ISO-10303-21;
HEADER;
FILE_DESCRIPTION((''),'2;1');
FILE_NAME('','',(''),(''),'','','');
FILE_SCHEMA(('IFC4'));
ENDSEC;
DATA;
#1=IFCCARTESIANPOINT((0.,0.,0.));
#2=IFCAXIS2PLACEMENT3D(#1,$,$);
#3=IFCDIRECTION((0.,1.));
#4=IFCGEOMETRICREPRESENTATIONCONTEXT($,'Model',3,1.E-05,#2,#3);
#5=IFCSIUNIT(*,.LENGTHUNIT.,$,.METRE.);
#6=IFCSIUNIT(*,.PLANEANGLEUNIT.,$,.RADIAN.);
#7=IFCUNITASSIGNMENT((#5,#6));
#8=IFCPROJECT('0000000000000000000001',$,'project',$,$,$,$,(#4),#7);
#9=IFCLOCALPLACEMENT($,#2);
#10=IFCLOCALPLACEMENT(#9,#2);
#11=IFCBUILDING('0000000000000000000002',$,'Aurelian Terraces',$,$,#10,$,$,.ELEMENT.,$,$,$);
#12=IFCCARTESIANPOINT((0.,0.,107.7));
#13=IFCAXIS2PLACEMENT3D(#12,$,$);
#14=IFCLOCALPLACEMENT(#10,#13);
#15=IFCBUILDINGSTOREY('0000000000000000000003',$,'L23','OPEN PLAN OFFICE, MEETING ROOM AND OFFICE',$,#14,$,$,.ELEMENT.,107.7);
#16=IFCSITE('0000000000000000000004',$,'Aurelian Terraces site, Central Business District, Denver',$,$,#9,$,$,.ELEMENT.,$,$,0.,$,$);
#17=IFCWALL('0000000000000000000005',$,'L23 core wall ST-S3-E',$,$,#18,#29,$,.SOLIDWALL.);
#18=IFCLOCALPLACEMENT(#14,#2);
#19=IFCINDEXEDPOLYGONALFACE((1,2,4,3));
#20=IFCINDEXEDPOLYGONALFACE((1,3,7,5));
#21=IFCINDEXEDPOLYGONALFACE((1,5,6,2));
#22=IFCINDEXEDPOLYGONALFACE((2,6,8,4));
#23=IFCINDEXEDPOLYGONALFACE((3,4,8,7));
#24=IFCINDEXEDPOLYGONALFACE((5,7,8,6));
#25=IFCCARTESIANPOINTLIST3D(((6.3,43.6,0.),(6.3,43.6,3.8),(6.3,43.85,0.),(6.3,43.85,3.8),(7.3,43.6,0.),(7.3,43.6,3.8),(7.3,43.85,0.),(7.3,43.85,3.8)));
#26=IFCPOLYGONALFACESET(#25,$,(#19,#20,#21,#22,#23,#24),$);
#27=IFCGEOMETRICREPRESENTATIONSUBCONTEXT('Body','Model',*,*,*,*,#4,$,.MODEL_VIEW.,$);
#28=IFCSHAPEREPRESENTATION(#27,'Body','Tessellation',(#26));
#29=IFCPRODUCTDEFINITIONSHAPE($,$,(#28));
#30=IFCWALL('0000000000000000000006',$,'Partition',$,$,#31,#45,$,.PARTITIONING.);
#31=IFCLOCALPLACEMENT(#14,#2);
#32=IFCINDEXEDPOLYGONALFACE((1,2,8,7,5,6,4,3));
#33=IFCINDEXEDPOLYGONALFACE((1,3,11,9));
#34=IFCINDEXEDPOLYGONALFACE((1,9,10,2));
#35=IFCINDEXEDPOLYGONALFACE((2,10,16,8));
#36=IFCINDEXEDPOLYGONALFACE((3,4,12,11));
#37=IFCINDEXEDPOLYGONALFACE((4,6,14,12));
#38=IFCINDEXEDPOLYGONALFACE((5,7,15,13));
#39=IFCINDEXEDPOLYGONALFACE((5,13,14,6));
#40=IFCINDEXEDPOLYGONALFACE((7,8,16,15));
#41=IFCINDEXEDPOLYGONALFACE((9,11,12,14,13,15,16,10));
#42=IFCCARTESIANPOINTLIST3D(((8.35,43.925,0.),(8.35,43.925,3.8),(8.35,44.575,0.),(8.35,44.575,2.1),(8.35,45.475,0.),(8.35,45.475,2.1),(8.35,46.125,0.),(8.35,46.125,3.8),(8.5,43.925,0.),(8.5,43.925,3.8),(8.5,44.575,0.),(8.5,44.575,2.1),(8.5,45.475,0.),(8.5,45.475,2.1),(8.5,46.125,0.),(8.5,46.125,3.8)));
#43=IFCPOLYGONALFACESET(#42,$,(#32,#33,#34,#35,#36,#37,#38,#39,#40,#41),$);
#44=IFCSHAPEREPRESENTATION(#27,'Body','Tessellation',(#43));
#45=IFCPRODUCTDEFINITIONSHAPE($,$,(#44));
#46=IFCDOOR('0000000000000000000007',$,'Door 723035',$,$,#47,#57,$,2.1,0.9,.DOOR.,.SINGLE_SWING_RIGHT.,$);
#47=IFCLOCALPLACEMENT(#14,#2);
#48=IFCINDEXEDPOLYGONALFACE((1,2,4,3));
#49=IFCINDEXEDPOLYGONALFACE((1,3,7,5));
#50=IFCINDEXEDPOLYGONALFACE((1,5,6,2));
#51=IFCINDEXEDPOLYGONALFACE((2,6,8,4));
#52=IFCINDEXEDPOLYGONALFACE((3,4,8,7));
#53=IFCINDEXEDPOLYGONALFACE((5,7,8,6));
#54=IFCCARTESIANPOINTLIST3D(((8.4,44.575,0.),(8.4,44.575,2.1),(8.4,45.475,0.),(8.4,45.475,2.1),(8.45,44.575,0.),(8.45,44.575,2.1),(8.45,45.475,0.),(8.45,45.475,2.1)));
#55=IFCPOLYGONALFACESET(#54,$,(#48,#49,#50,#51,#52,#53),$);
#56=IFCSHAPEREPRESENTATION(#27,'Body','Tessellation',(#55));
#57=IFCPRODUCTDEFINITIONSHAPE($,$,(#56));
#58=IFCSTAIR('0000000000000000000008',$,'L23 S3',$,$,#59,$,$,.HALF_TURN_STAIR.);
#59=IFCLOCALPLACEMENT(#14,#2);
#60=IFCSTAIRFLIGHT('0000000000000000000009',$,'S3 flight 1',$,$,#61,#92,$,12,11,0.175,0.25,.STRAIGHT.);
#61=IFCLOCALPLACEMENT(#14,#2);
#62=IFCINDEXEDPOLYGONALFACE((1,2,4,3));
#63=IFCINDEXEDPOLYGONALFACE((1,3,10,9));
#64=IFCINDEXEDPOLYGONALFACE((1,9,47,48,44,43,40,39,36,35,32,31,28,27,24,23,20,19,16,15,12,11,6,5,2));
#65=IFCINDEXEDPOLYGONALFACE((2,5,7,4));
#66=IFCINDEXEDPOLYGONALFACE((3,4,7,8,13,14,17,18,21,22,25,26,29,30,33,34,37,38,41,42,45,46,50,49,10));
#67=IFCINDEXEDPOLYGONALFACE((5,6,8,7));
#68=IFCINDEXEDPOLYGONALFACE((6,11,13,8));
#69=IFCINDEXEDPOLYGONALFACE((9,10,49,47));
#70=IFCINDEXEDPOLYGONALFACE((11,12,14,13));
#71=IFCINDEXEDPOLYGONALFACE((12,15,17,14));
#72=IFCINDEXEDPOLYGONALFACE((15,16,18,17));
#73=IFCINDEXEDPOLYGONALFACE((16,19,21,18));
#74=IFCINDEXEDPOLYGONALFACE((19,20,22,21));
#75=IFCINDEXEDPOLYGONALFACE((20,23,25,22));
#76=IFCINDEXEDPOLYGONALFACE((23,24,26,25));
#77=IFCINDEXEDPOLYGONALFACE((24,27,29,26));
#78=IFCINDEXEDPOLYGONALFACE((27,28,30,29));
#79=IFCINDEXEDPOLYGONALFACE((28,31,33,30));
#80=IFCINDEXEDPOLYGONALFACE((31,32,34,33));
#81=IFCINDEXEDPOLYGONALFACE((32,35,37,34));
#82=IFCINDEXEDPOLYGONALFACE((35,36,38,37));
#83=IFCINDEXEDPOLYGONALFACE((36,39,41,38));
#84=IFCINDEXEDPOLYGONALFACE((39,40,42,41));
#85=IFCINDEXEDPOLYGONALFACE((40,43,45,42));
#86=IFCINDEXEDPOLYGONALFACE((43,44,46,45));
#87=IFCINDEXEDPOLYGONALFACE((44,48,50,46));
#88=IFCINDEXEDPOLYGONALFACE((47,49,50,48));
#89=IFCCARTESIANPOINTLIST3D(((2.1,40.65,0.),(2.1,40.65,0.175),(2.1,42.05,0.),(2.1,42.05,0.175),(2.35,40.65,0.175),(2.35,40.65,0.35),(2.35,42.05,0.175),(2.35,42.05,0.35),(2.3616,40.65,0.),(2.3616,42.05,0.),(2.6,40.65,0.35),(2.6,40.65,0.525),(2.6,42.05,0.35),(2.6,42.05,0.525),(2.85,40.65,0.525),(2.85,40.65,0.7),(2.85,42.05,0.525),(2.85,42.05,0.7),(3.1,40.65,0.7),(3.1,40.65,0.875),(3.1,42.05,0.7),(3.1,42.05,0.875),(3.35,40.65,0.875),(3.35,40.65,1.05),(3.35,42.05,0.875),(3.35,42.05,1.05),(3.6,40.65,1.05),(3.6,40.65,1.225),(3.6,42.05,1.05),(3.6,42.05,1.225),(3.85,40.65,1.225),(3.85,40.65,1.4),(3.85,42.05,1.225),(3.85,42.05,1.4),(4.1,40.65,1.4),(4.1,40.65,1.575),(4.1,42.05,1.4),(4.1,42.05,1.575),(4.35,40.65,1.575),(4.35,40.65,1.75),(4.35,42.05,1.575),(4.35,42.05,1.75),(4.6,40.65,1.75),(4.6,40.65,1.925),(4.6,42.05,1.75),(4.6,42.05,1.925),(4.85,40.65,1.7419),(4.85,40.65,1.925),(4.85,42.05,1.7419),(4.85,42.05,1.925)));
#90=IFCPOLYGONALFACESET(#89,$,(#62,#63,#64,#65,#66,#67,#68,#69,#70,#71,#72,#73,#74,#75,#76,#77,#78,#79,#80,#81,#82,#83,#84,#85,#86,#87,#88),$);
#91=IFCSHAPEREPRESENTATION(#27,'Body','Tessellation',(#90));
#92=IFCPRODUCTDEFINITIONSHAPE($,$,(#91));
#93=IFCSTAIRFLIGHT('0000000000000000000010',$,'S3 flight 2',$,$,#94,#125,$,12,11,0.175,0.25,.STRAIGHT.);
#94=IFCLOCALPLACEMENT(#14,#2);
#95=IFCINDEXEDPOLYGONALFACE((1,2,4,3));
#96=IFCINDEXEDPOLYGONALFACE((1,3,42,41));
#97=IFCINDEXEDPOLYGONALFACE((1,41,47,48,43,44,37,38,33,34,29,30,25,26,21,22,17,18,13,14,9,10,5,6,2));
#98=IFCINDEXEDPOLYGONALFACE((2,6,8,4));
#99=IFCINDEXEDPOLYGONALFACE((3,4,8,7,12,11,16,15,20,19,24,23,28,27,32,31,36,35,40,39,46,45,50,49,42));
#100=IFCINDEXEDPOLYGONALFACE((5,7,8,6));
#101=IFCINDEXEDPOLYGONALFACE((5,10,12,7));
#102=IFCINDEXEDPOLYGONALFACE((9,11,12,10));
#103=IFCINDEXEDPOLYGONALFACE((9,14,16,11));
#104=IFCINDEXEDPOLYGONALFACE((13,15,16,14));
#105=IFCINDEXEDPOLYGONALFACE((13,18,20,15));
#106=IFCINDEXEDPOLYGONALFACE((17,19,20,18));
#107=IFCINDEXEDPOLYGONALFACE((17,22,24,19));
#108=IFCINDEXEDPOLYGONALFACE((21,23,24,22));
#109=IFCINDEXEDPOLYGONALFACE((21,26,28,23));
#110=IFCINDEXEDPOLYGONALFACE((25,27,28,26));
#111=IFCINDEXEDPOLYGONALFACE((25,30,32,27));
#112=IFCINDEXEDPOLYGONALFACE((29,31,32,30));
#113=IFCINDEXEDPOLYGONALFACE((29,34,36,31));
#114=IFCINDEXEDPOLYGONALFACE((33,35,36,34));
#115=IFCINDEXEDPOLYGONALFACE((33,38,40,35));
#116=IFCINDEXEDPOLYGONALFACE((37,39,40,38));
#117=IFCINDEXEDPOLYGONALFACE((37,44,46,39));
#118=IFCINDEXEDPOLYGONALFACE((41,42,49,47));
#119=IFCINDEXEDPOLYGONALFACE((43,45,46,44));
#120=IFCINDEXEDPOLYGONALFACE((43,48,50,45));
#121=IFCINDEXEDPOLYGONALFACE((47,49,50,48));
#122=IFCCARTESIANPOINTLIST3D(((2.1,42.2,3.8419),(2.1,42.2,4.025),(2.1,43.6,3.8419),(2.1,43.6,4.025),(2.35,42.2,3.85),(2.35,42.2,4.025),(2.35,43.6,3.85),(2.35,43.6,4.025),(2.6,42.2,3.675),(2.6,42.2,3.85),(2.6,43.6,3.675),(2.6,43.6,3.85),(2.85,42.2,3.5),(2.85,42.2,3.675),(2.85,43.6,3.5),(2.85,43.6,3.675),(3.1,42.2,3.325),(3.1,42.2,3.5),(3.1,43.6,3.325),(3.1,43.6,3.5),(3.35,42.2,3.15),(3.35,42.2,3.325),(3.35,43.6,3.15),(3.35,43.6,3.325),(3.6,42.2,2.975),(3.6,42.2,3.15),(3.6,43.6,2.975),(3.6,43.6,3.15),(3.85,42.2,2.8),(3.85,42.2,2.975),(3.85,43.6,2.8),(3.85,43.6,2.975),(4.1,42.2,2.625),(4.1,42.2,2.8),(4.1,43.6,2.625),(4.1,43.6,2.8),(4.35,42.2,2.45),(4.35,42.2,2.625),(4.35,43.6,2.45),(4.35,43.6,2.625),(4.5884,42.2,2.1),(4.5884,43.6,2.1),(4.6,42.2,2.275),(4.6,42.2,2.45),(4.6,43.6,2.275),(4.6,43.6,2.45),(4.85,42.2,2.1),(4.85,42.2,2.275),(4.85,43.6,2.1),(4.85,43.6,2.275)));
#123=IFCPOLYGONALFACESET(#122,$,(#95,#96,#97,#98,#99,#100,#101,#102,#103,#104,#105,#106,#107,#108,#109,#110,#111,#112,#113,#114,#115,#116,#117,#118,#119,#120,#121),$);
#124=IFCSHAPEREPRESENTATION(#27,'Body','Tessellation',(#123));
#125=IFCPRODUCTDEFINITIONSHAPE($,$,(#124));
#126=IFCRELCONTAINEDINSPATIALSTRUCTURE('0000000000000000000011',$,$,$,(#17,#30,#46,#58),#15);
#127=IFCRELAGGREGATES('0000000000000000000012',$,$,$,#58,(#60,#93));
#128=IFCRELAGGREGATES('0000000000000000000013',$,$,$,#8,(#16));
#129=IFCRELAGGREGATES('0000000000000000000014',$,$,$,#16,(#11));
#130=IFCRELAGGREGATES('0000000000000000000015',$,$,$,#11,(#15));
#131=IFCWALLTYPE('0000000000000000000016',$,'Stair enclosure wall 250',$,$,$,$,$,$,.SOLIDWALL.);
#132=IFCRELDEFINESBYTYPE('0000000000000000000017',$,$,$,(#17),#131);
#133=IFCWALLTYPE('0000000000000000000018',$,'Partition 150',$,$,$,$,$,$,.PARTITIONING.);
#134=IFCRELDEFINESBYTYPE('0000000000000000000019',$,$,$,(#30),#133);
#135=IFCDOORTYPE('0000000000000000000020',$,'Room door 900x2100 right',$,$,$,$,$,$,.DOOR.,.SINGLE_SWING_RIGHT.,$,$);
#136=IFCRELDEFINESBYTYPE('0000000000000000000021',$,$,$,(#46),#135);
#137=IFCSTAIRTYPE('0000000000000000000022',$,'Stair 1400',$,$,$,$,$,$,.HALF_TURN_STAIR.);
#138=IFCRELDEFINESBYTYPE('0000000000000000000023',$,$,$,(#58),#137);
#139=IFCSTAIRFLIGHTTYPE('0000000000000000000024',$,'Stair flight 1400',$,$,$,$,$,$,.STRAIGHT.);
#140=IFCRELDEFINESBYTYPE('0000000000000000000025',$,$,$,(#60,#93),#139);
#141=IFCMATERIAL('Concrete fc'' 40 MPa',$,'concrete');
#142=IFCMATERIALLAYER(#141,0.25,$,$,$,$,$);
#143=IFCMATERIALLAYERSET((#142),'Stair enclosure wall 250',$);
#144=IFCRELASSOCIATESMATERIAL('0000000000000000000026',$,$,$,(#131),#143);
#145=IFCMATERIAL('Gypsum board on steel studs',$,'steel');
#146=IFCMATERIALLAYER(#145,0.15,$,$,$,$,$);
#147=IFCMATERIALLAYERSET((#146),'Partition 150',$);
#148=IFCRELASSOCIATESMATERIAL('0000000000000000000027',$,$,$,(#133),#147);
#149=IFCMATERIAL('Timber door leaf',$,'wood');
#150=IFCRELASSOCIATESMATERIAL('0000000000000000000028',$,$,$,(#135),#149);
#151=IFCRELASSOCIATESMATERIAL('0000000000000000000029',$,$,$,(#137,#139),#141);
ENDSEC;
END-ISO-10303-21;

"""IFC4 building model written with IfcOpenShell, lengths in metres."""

from ifc_helpers import new_model, si_unit, direction, frame, frame_2d, origin, place, context, subcontext, project, spatial, polyline, rectangle, outline, extrude, source, transform, mapped, material, layer, layer_set, type_object, element, fill, aggregate, save


model = new_model("IFC4")

# Units and contexts
model_context = context("Model", 3, precision=1e-05, world=origin(), true_north=direction((0.0, 1.0)))
body_context = subcontext(model_context, "Body", "Model", "MODEL_VIEW")
ifc_project = project(units=[si_unit("LENGTHUNIT", "METRE"), si_unit("PLANEANGLEUNIT", "RADIAN")], contexts=[model_context])

# Site, building, storey
site_placement = place(None, origin())
site = spatial("IfcSite", under=ifc_project, at=site_placement, Name="Aurelian Terraces site, Central Business District, Denver", CompositionType="ELEMENT", RefElevation=0.0)
building_placement = place(site_placement, origin())
building = spatial("IfcBuilding", under=site, at=building_placement, Name="Aurelian Terraces", CompositionType="ELEMENT")
storey_placement = place(building_placement, frame((0.0, 0.0, 107.7)))
storey = spatial("IfcBuildingStorey", under=building, at=storey_placement, Name="L23", Description="OPEN PLAN OFFICE, MEETING ROOM AND OFFICE", CompositionType="ELEMENT", Elevation=107.7)

# Shared definitions
ifc_material_1 = material(Name="Concrete fc' 40 MPa", Category="concrete")

# Shared definitions
ifc_layer_1 = layer(ifc_material_1, 0.25)
ifc_layer_set_1 = layer_set([ifc_layer_1], Name="Stair enclosure wall 250")
wall_type_1 = type_object("IfcWallType", Name="Stair enclosure wall 250", PredefinedType="SOLIDWALL", material=ifc_layer_set_1)

# Wall
ifc_material_2 = material(Name="Gypsum board on steel studs", Category="steel")
shared_shape_1 = source(origin(), body_context, "Body", "SweptSolid", [
    extrude(rectangle(XDim=1.0, YDim=0.25, at=frame_2d((0.5, 0.0))), origin(), (0.0, 0.0, 1.0), 3.8),
])
wall_1_placement = place(storey_placement, frame((6.3, 43.725, 0.0), z_axis=(0.0, 0.0, 1.0), x_axis=(1.0, 0.0, 0.0)))
element("IfcWall", 1, at=wall_1_placement, inside=storey, type_object=wall_type_1, Name="L23 core wall ST-S3-E", PredefinedType="SOLIDWALL", context=body_context, shape_type="MappedRepresentation", body=[
    mapped(shared_shape_1, transform((0.0, 0.0, 0.0), scale=1.0)),
])

# Wall, opening, door
ifc_layer_2 = layer(ifc_material_2, 0.15)
ifc_layer_set_2 = layer_set([ifc_layer_2], Name="Partition 150")
wall_type_2 = type_object("IfcWallType", Name="Partition 150", PredefinedType="PARTITIONING", material=ifc_layer_set_2)
shared_shape_2 = source(origin(), body_context, "Body", "SweptSolid", [
    extrude(rectangle(XDim=2.2, YDim=0.15, at=frame_2d((1.1, 0.0))), origin(), (0.0, 0.0, 1.0), 3.8),
])
wall_2_placement = place(storey_placement, frame((8.425, 43.925, 0.0), z_axis=(0.0, 0.0, 1.0), x_axis=(0.0, 1.0, 0.0)))
wall_2 = element("IfcWall", 2, at=wall_2_placement, inside=storey, type_object=wall_type_2, Name="Partition", PredefinedType="PARTITIONING", context=body_context, shape_type="MappedRepresentation", body=[
    mapped(shared_shape_2, transform((0.0, 0.0, 0.0), scale=1.0)),
])
shared_shape_3 = source(origin(), body_context, "Body", "SweptSolid", [
    extrude(rectangle(XDim=0.9, YDim=2.1, at=frame_2d((0.45, 1.05))), frame((0.0, 0.085, 0.0), z_axis=(0.0, -1.0, 0.0), x_axis=(1.0, 0.0, 0.0)), (0.0, 0.0, 1.0), 0.17),
])
opening_1_placement = place(wall_2_placement, frame((0.65, 0.0, 0.0)))
opening_1 = element("IfcOpeningElement", 3, at=opening_1_placement, cuts=wall_2, PredefinedType="OPENING", context=body_context, shape_type="MappedRepresentation", body=[
    mapped(shared_shape_3, transform((0.0, 0.0, 0.0), scale=1.0)),
])
ifc_material_3 = material(Name="Timber door leaf", Category="wood")
door_type_1 = type_object("IfcDoorType", Name="Room door 900x2100 right", OperationType="SINGLE_SWING_RIGHT", PredefinedType="DOOR", material=ifc_material_3)
shared_shape_4 = source(origin(), body_context, "Body", "SweptSolid", [
    extrude(rectangle(XDim=0.9, YDim=2.1, at=frame_2d((0.45, 1.05))), frame((0.0, 0.025, 0.0), z_axis=(0.0, -1.0, 0.0), x_axis=(1.0, 0.0, 0.0)), (0.0, 0.0, 1.0), 0.05),
])
door_1_placement = place(opening_1_placement, origin())
door_1 = element("IfcDoor", 4, at=door_1_placement, inside=storey, type_object=door_type_1, Name="Door 723035", OperationType="SINGLE_SWING_RIGHT", OverallHeight=2.1, OverallWidth=0.9, PredefinedType="DOOR", context=body_context, shape_type="MappedRepresentation", body=[
    mapped(shared_shape_4, transform((0.0, 0.0, 0.0), scale=1.0)),
])
fill(opening_1, door_1)

# Stair, stair flights
stair_type = type_object("IfcStairType", Name="Stair 1400", PredefinedType="HALF_TURN_STAIR", material=ifc_material_1)
stair_placement = place(storey_placement, origin())
stair = element("IfcStair", 5, at=stair_placement, inside=storey, type_object=stair_type, Name="L23 S3", PredefinedType="HALF_TURN_STAIR")
stair_flight_type = type_object("IfcStairFlightType", Name="Stair flight 1400", PredefinedType="STRAIGHT", material=ifc_material_1)
shared_shape_5 = source(origin(), body_context, "Body", "SweptSolid", [
    extrude(outline(polyline([(0.0, 0.0), (0.0, 0.175), (0.25, 0.175), (0.25, 0.35), (0.5, 0.35), (0.5, 0.525), (0.75, 0.525), (0.75, 0.7), (1.0, 0.7), (1.0, 0.875), (1.25, 0.875), (1.25, 1.05), (1.5, 1.05), (1.5, 1.225), (1.75, 1.225), (1.75, 1.4), (2.0, 1.4), (2.0, 1.575), (2.25, 1.575), (2.25, 1.75), (2.5, 1.75), (2.5, 1.925), (2.75, 1.925), (2.75, 2.1), (2.75, 1.7419), (0.2616, 0.0), (0.0, 0.0)])), frame((0.0, 0.7, 0.0), z_axis=(0.0, -1.0, 0.0), x_axis=(1.0, 0.0, 0.0)), (0.0, 0.0, 1.0), 1.4),
])
stair_flight_1_placement = place(storey_placement, frame((2.1, 41.35, 0.0), z_axis=(0.0, 0.0, 1.0), x_axis=(1.0, 0.0, 0.0)))
stair_flight_1 = element("IfcStairFlight", 6, at=stair_flight_1_placement, type_object=stair_flight_type, Name="S3 flight 1", NumberOfRisers=12, NumberOfTreads=11, PredefinedType="STRAIGHT", RiserHeight=0.175, TreadLength=0.25, context=body_context, shape_type="MappedRepresentation", body=[
    mapped(shared_shape_5, transform((0.0, 0.0, 0.0), scale=1.0)),
])
stair_flight_2_placement = place(storey_placement, frame((4.85, 42.9, 2.1), z_axis=(0.0, 0.0, 1.0), x_axis=(-1.0, 0.0, 0.0)))
stair_flight_2 = element("IfcStairFlight", 7, at=stair_flight_2_placement, type_object=stair_flight_type, Name="S3 flight 2", NumberOfRisers=12, NumberOfTreads=11, PredefinedType="STRAIGHT", RiserHeight=0.175, TreadLength=0.25, context=body_context, shape_type="MappedRepresentation", body=[
    mapped(shared_shape_5, transform((0.0, 0.0, 0.0), scale=1.0)),
])
aggregate(stair, [stair_flight_1, stair_flight_2])

save(model, "model.ifc")
